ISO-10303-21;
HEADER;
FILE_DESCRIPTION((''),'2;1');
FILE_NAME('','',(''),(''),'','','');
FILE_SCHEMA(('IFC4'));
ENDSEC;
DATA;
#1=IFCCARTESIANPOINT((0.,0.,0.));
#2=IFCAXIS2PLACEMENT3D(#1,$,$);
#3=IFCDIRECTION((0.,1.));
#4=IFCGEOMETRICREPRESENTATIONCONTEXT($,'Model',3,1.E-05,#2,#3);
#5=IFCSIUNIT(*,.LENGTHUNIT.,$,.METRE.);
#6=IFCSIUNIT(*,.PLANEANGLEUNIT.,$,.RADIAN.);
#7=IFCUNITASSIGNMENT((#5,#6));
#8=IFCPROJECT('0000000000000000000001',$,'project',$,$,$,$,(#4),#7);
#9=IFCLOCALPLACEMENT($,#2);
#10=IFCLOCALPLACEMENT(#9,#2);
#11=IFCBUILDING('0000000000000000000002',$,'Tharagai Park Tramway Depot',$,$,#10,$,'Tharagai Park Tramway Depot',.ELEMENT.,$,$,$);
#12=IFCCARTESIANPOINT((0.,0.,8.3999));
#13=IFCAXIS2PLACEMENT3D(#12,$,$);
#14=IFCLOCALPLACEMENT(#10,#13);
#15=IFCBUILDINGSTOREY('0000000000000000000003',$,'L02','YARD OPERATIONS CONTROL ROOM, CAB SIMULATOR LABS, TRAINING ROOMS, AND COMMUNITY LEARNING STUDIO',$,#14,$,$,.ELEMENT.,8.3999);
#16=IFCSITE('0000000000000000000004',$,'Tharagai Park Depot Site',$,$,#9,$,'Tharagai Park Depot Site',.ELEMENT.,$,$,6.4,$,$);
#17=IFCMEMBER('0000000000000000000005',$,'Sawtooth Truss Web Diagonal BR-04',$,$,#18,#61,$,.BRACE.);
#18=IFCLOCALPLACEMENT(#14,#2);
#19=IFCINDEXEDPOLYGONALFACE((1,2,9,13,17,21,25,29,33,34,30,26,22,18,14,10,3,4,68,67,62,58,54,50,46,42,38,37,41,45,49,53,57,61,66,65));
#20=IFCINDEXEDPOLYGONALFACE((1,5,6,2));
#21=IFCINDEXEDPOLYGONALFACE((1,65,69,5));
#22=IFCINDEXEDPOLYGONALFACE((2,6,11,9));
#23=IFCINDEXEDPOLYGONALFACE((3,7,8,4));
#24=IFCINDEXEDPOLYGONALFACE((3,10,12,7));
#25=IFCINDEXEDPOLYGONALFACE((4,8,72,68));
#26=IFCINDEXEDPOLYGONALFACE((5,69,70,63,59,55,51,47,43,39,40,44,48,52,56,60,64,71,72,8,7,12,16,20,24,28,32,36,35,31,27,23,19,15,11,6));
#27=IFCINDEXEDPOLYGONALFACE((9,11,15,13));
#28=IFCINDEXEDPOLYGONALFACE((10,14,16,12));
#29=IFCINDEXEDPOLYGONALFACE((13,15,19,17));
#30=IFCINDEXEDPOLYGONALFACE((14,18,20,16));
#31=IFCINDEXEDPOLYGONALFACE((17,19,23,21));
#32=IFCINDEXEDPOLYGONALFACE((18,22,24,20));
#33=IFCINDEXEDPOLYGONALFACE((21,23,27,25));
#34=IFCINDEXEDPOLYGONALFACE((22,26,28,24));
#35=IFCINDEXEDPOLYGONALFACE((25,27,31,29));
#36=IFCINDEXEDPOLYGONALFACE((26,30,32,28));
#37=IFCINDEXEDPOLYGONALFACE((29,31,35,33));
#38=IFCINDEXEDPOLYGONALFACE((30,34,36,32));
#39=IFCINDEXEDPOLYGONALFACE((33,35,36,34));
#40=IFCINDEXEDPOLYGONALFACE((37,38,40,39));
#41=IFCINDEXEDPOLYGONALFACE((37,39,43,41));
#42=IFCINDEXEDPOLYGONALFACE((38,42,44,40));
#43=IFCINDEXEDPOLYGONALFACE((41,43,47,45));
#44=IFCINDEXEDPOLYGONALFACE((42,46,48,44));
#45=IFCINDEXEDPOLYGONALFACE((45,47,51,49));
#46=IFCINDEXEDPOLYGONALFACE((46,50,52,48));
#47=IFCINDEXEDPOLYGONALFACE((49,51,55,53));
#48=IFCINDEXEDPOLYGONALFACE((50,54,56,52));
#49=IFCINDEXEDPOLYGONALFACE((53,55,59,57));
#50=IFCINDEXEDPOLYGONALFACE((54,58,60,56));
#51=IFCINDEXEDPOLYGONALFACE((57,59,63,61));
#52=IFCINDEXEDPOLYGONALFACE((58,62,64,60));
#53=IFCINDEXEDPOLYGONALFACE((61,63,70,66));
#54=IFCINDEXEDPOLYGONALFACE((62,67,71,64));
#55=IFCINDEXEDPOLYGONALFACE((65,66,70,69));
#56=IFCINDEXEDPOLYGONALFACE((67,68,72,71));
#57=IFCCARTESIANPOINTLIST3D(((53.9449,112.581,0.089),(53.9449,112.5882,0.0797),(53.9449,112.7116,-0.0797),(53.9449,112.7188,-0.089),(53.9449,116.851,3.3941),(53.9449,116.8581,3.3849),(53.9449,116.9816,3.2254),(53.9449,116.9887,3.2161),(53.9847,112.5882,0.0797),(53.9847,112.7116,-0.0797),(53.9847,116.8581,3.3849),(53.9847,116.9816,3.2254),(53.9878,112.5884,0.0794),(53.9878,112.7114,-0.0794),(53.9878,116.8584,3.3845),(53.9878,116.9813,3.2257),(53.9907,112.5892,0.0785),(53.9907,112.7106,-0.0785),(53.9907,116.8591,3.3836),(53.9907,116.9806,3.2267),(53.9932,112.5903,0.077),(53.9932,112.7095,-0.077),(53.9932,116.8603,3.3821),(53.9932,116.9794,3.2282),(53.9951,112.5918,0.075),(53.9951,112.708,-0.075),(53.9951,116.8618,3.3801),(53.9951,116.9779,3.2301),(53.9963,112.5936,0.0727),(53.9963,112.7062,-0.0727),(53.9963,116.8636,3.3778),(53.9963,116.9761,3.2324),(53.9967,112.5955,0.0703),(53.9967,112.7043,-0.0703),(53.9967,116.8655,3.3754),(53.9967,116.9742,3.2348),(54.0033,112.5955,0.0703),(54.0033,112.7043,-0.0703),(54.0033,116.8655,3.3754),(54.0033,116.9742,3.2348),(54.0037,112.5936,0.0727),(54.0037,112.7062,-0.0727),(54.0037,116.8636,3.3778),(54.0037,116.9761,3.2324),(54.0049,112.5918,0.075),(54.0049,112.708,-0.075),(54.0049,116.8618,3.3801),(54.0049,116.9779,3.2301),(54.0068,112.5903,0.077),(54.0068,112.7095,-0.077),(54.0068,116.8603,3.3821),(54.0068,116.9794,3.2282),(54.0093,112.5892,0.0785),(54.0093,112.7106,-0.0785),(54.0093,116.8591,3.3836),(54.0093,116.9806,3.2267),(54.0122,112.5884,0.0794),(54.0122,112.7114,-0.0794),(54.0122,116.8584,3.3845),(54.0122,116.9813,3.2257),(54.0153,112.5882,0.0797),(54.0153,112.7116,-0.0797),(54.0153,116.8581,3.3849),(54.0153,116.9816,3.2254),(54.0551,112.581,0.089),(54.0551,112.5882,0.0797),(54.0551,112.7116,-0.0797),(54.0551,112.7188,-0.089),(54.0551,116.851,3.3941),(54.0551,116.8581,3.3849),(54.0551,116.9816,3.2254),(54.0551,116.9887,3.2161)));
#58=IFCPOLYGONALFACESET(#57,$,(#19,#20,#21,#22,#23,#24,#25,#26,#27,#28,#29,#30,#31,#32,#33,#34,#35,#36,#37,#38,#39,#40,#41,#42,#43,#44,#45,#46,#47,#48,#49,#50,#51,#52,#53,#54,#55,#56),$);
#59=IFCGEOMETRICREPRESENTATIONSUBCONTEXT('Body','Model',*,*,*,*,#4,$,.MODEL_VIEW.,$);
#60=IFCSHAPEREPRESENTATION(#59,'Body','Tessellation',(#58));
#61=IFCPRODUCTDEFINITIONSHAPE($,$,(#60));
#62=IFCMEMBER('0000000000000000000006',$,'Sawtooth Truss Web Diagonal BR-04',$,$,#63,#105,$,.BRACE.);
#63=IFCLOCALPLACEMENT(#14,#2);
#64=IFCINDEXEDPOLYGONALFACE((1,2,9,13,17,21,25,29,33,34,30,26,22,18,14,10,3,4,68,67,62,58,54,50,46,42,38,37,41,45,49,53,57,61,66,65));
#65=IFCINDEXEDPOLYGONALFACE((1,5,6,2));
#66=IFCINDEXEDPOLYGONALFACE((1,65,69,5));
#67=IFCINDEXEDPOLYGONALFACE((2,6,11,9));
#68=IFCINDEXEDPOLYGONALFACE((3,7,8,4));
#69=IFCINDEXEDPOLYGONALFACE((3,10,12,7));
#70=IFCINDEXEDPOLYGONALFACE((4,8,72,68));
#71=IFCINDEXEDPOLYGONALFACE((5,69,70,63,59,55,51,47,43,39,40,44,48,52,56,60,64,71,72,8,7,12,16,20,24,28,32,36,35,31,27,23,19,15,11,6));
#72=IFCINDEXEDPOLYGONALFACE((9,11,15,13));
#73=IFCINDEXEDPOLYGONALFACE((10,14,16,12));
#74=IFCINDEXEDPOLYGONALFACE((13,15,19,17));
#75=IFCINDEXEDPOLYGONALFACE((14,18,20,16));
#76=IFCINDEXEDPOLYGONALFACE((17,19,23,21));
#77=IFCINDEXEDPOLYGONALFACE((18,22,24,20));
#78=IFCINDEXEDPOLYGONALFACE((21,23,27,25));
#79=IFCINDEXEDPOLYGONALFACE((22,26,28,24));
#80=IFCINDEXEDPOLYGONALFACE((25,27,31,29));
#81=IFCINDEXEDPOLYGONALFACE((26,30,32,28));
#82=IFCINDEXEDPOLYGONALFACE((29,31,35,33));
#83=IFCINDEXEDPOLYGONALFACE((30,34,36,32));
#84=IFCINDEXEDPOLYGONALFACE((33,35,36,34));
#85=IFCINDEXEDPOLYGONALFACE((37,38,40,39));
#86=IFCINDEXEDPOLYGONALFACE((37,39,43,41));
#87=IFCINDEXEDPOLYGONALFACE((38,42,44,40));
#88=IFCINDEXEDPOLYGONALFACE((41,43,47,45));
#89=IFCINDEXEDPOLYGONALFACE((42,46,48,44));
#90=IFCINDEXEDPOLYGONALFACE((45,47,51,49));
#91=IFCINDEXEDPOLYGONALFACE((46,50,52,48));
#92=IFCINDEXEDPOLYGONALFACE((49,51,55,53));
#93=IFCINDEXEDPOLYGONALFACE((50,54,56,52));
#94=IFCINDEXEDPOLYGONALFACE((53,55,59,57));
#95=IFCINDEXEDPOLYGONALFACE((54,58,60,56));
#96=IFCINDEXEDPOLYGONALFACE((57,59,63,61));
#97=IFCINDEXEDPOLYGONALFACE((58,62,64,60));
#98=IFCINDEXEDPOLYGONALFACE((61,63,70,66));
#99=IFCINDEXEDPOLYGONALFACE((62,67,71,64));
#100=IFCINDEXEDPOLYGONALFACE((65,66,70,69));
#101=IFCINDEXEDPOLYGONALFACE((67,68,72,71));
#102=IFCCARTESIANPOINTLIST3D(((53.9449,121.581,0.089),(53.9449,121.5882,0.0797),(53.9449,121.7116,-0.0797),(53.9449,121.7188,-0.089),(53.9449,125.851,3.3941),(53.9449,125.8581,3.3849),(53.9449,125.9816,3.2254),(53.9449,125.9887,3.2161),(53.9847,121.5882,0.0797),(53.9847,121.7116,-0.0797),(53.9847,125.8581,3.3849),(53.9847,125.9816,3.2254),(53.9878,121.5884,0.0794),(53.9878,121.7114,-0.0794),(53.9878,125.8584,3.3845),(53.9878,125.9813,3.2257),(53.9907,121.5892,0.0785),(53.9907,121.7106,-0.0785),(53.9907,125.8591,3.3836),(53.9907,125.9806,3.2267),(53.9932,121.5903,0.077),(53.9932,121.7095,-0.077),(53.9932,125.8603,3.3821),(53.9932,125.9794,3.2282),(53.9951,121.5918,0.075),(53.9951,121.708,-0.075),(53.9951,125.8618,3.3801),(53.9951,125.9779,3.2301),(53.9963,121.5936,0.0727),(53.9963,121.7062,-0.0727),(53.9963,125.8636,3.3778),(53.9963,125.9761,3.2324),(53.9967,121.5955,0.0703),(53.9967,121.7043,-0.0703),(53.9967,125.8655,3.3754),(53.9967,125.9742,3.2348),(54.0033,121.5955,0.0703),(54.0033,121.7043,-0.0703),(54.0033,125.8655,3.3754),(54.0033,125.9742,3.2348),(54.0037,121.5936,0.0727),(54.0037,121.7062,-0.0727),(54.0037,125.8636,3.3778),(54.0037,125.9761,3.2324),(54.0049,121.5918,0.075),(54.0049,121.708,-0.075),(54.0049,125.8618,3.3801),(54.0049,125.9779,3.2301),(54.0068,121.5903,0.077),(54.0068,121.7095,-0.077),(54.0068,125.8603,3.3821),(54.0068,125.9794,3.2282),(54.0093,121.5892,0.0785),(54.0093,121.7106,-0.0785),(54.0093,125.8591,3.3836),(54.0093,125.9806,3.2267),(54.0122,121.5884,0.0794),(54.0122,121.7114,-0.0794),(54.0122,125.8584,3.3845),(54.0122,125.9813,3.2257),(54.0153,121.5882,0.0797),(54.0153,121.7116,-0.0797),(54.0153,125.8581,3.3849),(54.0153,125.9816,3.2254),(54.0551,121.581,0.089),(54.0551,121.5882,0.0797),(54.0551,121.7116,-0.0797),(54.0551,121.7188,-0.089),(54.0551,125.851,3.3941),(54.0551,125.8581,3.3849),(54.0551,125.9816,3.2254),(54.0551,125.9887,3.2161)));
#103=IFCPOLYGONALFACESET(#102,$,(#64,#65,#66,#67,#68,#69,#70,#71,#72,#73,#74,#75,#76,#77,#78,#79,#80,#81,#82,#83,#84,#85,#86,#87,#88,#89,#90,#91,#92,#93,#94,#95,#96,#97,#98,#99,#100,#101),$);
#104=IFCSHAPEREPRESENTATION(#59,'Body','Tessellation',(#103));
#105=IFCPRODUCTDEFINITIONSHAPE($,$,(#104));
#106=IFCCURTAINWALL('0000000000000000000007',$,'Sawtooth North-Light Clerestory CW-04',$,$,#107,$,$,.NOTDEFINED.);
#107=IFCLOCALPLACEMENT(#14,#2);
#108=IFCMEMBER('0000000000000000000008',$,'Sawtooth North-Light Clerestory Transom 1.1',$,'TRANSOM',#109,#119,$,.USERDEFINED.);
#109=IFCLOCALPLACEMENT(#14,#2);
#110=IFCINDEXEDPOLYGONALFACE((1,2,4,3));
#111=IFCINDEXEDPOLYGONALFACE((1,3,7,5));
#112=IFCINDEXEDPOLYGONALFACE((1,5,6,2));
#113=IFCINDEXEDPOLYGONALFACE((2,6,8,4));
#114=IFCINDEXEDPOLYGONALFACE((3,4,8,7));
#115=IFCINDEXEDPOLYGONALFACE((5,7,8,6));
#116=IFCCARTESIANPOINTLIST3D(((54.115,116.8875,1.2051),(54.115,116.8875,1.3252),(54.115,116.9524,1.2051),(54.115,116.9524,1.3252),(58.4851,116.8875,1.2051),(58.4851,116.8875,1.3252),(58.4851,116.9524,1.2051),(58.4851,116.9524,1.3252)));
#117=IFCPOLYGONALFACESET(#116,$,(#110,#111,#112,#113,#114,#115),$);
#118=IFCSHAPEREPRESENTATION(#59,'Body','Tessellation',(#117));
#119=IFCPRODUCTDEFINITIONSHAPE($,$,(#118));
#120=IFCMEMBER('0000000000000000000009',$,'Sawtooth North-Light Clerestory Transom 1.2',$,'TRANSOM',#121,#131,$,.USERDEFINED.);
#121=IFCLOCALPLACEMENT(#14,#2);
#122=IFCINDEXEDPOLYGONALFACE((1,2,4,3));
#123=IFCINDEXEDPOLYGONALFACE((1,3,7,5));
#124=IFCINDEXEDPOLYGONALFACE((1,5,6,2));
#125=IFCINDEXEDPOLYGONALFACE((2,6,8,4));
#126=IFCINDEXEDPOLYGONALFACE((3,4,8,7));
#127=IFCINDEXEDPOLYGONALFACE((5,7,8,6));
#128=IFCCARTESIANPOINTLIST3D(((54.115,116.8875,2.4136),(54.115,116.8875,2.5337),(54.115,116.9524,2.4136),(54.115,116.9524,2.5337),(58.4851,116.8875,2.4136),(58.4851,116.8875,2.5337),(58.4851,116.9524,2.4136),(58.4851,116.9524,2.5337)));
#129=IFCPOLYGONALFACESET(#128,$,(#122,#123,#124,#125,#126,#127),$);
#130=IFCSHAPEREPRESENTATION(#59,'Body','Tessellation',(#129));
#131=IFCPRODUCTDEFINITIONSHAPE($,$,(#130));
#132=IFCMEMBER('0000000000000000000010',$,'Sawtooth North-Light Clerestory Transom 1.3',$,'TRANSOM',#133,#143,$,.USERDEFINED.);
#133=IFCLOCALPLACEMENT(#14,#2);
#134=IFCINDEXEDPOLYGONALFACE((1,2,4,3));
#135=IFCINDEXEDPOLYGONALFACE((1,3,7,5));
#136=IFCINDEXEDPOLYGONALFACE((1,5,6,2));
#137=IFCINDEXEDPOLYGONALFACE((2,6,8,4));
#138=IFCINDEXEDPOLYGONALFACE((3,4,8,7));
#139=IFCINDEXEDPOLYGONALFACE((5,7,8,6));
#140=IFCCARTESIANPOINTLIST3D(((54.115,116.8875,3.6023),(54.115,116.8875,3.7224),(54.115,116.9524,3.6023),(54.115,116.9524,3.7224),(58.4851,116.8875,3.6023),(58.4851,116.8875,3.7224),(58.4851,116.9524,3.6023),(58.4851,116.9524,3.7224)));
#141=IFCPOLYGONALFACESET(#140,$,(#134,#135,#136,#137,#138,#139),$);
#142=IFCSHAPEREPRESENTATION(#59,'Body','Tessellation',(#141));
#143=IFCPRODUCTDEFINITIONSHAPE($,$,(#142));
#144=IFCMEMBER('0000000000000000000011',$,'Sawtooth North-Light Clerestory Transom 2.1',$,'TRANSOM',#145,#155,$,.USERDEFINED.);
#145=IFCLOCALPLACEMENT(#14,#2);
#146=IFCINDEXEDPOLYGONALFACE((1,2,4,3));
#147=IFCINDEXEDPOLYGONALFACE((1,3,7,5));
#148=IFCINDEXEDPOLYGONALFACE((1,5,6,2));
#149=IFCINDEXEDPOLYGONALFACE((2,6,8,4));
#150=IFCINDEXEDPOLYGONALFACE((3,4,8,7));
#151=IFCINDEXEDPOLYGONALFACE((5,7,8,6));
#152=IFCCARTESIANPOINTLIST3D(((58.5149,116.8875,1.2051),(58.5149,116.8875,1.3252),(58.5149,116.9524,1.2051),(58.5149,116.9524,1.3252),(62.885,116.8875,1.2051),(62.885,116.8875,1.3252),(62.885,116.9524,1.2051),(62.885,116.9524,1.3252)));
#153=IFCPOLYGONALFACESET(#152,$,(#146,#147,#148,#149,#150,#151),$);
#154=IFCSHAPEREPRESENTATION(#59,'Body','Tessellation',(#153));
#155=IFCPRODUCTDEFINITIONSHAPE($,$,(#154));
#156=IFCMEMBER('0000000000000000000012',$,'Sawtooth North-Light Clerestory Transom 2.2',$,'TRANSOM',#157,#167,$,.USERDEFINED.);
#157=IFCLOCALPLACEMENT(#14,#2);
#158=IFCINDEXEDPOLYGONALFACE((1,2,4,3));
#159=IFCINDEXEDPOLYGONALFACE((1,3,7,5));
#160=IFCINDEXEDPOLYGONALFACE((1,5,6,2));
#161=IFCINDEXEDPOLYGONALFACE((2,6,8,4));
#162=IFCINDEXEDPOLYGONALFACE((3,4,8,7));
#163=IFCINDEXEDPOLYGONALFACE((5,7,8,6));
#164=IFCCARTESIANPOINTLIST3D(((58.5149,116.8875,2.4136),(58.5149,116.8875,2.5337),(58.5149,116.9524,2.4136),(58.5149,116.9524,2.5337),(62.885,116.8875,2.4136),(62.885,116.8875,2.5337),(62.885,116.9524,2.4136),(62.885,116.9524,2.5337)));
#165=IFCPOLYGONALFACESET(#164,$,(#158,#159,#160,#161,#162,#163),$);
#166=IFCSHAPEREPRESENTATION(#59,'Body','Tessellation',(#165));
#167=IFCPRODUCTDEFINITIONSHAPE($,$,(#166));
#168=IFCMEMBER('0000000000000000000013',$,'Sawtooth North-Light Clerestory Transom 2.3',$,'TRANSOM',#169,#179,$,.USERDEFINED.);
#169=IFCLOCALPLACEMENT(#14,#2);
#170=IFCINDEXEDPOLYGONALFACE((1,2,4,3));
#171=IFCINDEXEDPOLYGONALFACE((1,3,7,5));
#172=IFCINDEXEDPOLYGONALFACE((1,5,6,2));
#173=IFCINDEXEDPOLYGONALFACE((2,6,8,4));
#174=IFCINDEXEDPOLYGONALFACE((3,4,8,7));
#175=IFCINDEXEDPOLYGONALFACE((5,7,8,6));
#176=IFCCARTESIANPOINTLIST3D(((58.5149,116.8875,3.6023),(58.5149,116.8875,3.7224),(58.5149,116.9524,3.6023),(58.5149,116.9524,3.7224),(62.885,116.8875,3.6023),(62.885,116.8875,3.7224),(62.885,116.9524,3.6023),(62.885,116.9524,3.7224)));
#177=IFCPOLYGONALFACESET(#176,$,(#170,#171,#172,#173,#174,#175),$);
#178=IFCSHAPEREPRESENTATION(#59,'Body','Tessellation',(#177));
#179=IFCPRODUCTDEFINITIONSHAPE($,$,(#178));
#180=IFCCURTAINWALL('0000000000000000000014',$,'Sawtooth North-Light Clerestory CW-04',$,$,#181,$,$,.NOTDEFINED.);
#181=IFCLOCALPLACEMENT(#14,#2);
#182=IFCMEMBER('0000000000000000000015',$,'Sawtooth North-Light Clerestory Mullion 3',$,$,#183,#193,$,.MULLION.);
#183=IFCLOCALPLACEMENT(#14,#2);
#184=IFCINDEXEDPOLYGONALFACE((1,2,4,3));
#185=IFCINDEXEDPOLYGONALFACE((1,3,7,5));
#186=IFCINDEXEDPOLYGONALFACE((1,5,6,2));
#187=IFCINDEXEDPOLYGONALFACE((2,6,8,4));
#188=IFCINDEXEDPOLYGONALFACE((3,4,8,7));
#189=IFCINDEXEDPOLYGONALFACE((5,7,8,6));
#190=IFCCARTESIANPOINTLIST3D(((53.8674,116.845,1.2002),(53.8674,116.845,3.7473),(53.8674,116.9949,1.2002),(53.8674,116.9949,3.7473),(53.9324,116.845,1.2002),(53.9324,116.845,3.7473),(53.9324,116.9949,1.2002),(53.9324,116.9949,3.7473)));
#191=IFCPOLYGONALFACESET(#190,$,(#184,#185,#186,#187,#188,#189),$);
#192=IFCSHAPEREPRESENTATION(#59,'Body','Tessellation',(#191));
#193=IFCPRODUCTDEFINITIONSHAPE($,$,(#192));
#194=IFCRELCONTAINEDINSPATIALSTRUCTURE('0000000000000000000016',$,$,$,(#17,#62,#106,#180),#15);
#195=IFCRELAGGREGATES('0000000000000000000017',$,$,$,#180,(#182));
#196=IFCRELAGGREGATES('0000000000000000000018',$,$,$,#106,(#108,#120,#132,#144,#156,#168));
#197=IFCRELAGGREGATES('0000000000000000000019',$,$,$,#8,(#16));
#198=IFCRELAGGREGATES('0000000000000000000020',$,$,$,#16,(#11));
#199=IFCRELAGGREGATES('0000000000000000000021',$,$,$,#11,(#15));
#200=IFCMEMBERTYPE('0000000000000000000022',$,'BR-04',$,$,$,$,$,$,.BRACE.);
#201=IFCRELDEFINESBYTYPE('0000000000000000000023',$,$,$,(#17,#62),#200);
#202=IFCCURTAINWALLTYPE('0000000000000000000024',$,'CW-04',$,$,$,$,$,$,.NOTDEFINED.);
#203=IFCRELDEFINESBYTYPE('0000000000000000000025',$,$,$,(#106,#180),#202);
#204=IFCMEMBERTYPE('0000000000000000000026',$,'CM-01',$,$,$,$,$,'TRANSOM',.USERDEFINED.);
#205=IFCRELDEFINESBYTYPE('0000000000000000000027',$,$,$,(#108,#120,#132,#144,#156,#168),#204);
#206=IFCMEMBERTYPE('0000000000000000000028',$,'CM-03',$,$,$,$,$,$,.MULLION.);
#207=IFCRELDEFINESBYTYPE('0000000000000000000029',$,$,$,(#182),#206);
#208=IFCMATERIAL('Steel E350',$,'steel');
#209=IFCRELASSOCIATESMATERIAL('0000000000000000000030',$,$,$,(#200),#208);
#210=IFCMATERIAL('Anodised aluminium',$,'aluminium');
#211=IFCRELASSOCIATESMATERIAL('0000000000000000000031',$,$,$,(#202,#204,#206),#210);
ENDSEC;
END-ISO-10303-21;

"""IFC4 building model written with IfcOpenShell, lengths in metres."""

from ifc_helpers import new_model, si_unit, direction, frame, origin, origin_2d, place, context, subcontext, project, spatial, rectangle, i_section, extrude, material, material_profile, profile_set, type_object, element, aggregate, save


model = new_model("IFC4")

# Units and contexts
model_context = context("Model", 3, precision=1e-05, world=origin(), true_north=direction((0.0, 1.0)))
body_context = subcontext(model_context, "Body", "Model", "MODEL_VIEW")
ifc_project = project(units=[si_unit("LENGTHUNIT", "METRE"), si_unit("PLANEANGLEUNIT", "RADIAN")], contexts=[model_context])

# Site, building, storey
site_placement = place(None, origin())
site = spatial("IfcSite", under=ifc_project, at=site_placement, Name="Tharagai Park Depot Site", LongName="Tharagai Park Depot Site", CompositionType="ELEMENT", RefElevation=6.4)
building_placement = place(site_placement, origin())
building = spatial("IfcBuilding", under=site, at=building_placement, Name="Tharagai Park Tramway Depot", LongName="Tharagai Park Tramway Depot", CompositionType="ELEMENT")
storey_placement = place(building_placement, frame((0.0, 0.0, 8.3999)))
storey = spatial("IfcBuildingStorey", under=building, at=storey_placement, Name="L02", Description="YARD OPERATIONS CONTROL ROOM, CAB SIMULATOR LABS, TRAINING ROOMS, AND COMMUNITY LEARNING STUDIO", CompositionType="ELEMENT", Elevation=8.3999)

# Shared definitions
ifc_material_1 = material(Name="Steel E350", Category="steel")

# Members
ifc_material_profile_1 = material_profile(ifc_material_1, i_section(OverallWidth=0.1101, OverallDepth=0.2251, WebThickness=0.0066, FlangeThickness=0.0117, FilletRadius=0.012, at=origin_2d()), Name="ISMB 225")
ifc_profile_set_1 = profile_set([ifc_material_profile_1], Name="Steel E350")
member_type_1 = type_object("IfcMemberType", Name="BR-04", PredefinedType="BRACE", material=ifc_profile_set_1)
for number, where, z_axis, x_axis, name in (
    (1, (54.0, 112.6499, 0.0), (0.0, 0.790782, 0.612098), (-1.0, 0.0, 0.0), "Sawtooth Truss Web Diagonal BR-04"),
    (2, (54.0, 121.6499, 0.0), (0.0, 0.790782, 0.612098), (-1.0, 0.0, 0.0), "Sawtooth Truss Web Diagonal BR-04"),
):
    element("IfcMember", number, at=place(storey_placement, frame(where, z_axis=z_axis, x_axis=x_axis)), inside=storey, type_object=member_type_1, Name=name, PredefinedType="BRACE", context=body_context, shape_type="SweptSolid", body=[
        extrude(i_section(OverallWidth=0.1101, OverallDepth=0.2251, WebThickness=0.0066, FlangeThickness=0.0117, FilletRadius=0.012, at=origin_2d()), origin(), (0.0, 0.0, 1.0), 5.3997),
    ])

# Curtain wall, members
ifc_material_2 = material(Name="Anodised aluminium", Category="aluminium")
curtain_wall_type = type_object("IfcCurtainWallType", Name="CW-04", PredefinedType="NOTDEFINED", material=ifc_material_2)
curtain_wall_1_placement = place(storey_placement, origin())
curtain_wall_1 = element("IfcCurtainWall", 3, at=curtain_wall_1_placement, inside=storey, type_object=curtain_wall_type, Name="Sawtooth North-Light Clerestory CW-04", PredefinedType="NOTDEFINED")
ifc_material_profile_2 = material_profile(ifc_material_2, rectangle(XDim=0.0649, YDim=0.1201, at=origin_2d()), Name="ALU 65x120")
ifc_profile_set_2 = profile_set([ifc_material_profile_2], Name="Anodised aluminium")
member_type_2 = type_object("IfcMemberType", Name="CM-01", ElementType="TRANSOM", PredefinedType="USERDEFINED", material=ifc_profile_set_2)
member_1_placement = place(storey_placement, frame((54.115, 116.9199, 1.2651), z_axis=(1.0, 0.0, 0.0), x_axis=(0.0, 1.0, 0.0)))
member_1 = element("IfcMember", 4, at=member_1_placement, type_object=member_type_2, Name="Sawtooth North-Light Clerestory Transom 1.1", ObjectType="TRANSOM", PredefinedType="USERDEFINED", context=body_context, shape_type="SweptSolid", body=[
    extrude(rectangle(XDim=0.0649, YDim=0.1201, at=origin_2d()), origin(), (0.0, 0.0, 1.0), 4.3701),
])
member_2_placement = place(storey_placement, frame((54.115, 116.9199, 2.4736), z_axis=(1.0, 0.0, 0.0), x_axis=(0.0, 1.0, 0.0)))
member_2 = element("IfcMember", 5, at=member_2_placement, type_object=member_type_2, Name="Sawtooth North-Light Clerestory Transom 1.2", ObjectType="TRANSOM", PredefinedType="USERDEFINED", context=body_context, shape_type="SweptSolid", body=[
    extrude(rectangle(XDim=0.0649, YDim=0.1201, at=origin_2d()), origin(), (0.0, 0.0, 1.0), 4.3701),
])
member_3_placement = place(storey_placement, frame((54.115, 116.9199, 3.6624), z_axis=(1.0, 0.0, 0.0), x_axis=(0.0, 1.0, 0.0)))
member_3 = element("IfcMember", 6, at=member_3_placement, type_object=member_type_2, Name="Sawtooth North-Light Clerestory Transom 1.3", ObjectType="TRANSOM", PredefinedType="USERDEFINED", context=body_context, shape_type="SweptSolid", body=[
    extrude(rectangle(XDim=0.0649, YDim=0.1201, at=origin_2d()), origin(), (0.0, 0.0, 1.0), 4.3701),
])
member_4_placement = place(storey_placement, frame((58.5149, 116.9199, 1.2651), z_axis=(1.0, 0.0, 0.0), x_axis=(0.0, 1.0, 0.0)))
member_4 = element("IfcMember", 7, at=member_4_placement, type_object=member_type_2, Name="Sawtooth North-Light Clerestory Transom 2.1", ObjectType="TRANSOM", PredefinedType="USERDEFINED", context=body_context, shape_type="SweptSolid", body=[
    extrude(rectangle(XDim=0.0649, YDim=0.1201, at=origin_2d()), origin(), (0.0, 0.0, 1.0), 4.3701),
])
member_5_placement = place(storey_placement, frame((58.5149, 116.9199, 2.4736), z_axis=(1.0, 0.0, 0.0), x_axis=(0.0, 1.0, 0.0)))
member_5 = element("IfcMember", 8, at=member_5_placement, type_object=member_type_2, Name="Sawtooth North-Light Clerestory Transom 2.2", ObjectType="TRANSOM", PredefinedType="USERDEFINED", context=body_context, shape_type="SweptSolid", body=[
    extrude(rectangle(XDim=0.0649, YDim=0.1201, at=origin_2d()), origin(), (0.0, 0.0, 1.0), 4.3701),
])
member_6_placement = place(storey_placement, frame((58.5149, 116.9199, 3.6624), z_axis=(1.0, 0.0, 0.0), x_axis=(0.0, 1.0, 0.0)))
member_6 = element("IfcMember", 9, at=member_6_placement, type_object=member_type_2, Name="Sawtooth North-Light Clerestory Transom 2.3", ObjectType="TRANSOM", PredefinedType="USERDEFINED", context=body_context, shape_type="SweptSolid", body=[
    extrude(rectangle(XDim=0.0649, YDim=0.1201, at=origin_2d()), origin(), (0.0, 0.0, 1.0), 4.3701),
])

# Curtain wall, member
curtain_wall_2_placement = place(storey_placement, origin())
curtain_wall_2 = element("IfcCurtainWall", 10, at=curtain_wall_2_placement, inside=storey, type_object=curtain_wall_type, Name="Sawtooth North-Light Clerestory CW-04", PredefinedType="NOTDEFINED")
ifc_material_profile_3 = material_profile(ifc_material_2, rectangle(XDim=0.0649, YDim=0.1499, at=origin_2d()), Name="ALU 65x150")
ifc_profile_set_3 = profile_set([ifc_material_profile_3], Name="Anodised aluminium")
member_type_3 = type_object("IfcMemberType", Name="CM-03", PredefinedType="MULLION", material=ifc_profile_set_3)
member_7_placement = place(storey_placement, frame((53.8999, 116.9199, 1.2002), z_axis=(0.0, 0.0, 1.0), x_axis=(1.0, 0.0, 0.0)))
member_7 = element("IfcMember", 11, at=member_7_placement, type_object=member_type_3, Name="Sawtooth North-Light Clerestory Mullion 3", PredefinedType="MULLION", context=body_context, shape_type="SweptSolid", body=[
    extrude(rectangle(XDim=0.0649, YDim=0.1499, at=origin_2d()), origin(), (0.0, 0.0, 1.0), 2.5471),
])

aggregate(curtain_wall_2, [member_7])
aggregate(curtain_wall_1, [member_1, member_2, member_3, member_4, member_5, member_6])

save(model, "model.ifc")
